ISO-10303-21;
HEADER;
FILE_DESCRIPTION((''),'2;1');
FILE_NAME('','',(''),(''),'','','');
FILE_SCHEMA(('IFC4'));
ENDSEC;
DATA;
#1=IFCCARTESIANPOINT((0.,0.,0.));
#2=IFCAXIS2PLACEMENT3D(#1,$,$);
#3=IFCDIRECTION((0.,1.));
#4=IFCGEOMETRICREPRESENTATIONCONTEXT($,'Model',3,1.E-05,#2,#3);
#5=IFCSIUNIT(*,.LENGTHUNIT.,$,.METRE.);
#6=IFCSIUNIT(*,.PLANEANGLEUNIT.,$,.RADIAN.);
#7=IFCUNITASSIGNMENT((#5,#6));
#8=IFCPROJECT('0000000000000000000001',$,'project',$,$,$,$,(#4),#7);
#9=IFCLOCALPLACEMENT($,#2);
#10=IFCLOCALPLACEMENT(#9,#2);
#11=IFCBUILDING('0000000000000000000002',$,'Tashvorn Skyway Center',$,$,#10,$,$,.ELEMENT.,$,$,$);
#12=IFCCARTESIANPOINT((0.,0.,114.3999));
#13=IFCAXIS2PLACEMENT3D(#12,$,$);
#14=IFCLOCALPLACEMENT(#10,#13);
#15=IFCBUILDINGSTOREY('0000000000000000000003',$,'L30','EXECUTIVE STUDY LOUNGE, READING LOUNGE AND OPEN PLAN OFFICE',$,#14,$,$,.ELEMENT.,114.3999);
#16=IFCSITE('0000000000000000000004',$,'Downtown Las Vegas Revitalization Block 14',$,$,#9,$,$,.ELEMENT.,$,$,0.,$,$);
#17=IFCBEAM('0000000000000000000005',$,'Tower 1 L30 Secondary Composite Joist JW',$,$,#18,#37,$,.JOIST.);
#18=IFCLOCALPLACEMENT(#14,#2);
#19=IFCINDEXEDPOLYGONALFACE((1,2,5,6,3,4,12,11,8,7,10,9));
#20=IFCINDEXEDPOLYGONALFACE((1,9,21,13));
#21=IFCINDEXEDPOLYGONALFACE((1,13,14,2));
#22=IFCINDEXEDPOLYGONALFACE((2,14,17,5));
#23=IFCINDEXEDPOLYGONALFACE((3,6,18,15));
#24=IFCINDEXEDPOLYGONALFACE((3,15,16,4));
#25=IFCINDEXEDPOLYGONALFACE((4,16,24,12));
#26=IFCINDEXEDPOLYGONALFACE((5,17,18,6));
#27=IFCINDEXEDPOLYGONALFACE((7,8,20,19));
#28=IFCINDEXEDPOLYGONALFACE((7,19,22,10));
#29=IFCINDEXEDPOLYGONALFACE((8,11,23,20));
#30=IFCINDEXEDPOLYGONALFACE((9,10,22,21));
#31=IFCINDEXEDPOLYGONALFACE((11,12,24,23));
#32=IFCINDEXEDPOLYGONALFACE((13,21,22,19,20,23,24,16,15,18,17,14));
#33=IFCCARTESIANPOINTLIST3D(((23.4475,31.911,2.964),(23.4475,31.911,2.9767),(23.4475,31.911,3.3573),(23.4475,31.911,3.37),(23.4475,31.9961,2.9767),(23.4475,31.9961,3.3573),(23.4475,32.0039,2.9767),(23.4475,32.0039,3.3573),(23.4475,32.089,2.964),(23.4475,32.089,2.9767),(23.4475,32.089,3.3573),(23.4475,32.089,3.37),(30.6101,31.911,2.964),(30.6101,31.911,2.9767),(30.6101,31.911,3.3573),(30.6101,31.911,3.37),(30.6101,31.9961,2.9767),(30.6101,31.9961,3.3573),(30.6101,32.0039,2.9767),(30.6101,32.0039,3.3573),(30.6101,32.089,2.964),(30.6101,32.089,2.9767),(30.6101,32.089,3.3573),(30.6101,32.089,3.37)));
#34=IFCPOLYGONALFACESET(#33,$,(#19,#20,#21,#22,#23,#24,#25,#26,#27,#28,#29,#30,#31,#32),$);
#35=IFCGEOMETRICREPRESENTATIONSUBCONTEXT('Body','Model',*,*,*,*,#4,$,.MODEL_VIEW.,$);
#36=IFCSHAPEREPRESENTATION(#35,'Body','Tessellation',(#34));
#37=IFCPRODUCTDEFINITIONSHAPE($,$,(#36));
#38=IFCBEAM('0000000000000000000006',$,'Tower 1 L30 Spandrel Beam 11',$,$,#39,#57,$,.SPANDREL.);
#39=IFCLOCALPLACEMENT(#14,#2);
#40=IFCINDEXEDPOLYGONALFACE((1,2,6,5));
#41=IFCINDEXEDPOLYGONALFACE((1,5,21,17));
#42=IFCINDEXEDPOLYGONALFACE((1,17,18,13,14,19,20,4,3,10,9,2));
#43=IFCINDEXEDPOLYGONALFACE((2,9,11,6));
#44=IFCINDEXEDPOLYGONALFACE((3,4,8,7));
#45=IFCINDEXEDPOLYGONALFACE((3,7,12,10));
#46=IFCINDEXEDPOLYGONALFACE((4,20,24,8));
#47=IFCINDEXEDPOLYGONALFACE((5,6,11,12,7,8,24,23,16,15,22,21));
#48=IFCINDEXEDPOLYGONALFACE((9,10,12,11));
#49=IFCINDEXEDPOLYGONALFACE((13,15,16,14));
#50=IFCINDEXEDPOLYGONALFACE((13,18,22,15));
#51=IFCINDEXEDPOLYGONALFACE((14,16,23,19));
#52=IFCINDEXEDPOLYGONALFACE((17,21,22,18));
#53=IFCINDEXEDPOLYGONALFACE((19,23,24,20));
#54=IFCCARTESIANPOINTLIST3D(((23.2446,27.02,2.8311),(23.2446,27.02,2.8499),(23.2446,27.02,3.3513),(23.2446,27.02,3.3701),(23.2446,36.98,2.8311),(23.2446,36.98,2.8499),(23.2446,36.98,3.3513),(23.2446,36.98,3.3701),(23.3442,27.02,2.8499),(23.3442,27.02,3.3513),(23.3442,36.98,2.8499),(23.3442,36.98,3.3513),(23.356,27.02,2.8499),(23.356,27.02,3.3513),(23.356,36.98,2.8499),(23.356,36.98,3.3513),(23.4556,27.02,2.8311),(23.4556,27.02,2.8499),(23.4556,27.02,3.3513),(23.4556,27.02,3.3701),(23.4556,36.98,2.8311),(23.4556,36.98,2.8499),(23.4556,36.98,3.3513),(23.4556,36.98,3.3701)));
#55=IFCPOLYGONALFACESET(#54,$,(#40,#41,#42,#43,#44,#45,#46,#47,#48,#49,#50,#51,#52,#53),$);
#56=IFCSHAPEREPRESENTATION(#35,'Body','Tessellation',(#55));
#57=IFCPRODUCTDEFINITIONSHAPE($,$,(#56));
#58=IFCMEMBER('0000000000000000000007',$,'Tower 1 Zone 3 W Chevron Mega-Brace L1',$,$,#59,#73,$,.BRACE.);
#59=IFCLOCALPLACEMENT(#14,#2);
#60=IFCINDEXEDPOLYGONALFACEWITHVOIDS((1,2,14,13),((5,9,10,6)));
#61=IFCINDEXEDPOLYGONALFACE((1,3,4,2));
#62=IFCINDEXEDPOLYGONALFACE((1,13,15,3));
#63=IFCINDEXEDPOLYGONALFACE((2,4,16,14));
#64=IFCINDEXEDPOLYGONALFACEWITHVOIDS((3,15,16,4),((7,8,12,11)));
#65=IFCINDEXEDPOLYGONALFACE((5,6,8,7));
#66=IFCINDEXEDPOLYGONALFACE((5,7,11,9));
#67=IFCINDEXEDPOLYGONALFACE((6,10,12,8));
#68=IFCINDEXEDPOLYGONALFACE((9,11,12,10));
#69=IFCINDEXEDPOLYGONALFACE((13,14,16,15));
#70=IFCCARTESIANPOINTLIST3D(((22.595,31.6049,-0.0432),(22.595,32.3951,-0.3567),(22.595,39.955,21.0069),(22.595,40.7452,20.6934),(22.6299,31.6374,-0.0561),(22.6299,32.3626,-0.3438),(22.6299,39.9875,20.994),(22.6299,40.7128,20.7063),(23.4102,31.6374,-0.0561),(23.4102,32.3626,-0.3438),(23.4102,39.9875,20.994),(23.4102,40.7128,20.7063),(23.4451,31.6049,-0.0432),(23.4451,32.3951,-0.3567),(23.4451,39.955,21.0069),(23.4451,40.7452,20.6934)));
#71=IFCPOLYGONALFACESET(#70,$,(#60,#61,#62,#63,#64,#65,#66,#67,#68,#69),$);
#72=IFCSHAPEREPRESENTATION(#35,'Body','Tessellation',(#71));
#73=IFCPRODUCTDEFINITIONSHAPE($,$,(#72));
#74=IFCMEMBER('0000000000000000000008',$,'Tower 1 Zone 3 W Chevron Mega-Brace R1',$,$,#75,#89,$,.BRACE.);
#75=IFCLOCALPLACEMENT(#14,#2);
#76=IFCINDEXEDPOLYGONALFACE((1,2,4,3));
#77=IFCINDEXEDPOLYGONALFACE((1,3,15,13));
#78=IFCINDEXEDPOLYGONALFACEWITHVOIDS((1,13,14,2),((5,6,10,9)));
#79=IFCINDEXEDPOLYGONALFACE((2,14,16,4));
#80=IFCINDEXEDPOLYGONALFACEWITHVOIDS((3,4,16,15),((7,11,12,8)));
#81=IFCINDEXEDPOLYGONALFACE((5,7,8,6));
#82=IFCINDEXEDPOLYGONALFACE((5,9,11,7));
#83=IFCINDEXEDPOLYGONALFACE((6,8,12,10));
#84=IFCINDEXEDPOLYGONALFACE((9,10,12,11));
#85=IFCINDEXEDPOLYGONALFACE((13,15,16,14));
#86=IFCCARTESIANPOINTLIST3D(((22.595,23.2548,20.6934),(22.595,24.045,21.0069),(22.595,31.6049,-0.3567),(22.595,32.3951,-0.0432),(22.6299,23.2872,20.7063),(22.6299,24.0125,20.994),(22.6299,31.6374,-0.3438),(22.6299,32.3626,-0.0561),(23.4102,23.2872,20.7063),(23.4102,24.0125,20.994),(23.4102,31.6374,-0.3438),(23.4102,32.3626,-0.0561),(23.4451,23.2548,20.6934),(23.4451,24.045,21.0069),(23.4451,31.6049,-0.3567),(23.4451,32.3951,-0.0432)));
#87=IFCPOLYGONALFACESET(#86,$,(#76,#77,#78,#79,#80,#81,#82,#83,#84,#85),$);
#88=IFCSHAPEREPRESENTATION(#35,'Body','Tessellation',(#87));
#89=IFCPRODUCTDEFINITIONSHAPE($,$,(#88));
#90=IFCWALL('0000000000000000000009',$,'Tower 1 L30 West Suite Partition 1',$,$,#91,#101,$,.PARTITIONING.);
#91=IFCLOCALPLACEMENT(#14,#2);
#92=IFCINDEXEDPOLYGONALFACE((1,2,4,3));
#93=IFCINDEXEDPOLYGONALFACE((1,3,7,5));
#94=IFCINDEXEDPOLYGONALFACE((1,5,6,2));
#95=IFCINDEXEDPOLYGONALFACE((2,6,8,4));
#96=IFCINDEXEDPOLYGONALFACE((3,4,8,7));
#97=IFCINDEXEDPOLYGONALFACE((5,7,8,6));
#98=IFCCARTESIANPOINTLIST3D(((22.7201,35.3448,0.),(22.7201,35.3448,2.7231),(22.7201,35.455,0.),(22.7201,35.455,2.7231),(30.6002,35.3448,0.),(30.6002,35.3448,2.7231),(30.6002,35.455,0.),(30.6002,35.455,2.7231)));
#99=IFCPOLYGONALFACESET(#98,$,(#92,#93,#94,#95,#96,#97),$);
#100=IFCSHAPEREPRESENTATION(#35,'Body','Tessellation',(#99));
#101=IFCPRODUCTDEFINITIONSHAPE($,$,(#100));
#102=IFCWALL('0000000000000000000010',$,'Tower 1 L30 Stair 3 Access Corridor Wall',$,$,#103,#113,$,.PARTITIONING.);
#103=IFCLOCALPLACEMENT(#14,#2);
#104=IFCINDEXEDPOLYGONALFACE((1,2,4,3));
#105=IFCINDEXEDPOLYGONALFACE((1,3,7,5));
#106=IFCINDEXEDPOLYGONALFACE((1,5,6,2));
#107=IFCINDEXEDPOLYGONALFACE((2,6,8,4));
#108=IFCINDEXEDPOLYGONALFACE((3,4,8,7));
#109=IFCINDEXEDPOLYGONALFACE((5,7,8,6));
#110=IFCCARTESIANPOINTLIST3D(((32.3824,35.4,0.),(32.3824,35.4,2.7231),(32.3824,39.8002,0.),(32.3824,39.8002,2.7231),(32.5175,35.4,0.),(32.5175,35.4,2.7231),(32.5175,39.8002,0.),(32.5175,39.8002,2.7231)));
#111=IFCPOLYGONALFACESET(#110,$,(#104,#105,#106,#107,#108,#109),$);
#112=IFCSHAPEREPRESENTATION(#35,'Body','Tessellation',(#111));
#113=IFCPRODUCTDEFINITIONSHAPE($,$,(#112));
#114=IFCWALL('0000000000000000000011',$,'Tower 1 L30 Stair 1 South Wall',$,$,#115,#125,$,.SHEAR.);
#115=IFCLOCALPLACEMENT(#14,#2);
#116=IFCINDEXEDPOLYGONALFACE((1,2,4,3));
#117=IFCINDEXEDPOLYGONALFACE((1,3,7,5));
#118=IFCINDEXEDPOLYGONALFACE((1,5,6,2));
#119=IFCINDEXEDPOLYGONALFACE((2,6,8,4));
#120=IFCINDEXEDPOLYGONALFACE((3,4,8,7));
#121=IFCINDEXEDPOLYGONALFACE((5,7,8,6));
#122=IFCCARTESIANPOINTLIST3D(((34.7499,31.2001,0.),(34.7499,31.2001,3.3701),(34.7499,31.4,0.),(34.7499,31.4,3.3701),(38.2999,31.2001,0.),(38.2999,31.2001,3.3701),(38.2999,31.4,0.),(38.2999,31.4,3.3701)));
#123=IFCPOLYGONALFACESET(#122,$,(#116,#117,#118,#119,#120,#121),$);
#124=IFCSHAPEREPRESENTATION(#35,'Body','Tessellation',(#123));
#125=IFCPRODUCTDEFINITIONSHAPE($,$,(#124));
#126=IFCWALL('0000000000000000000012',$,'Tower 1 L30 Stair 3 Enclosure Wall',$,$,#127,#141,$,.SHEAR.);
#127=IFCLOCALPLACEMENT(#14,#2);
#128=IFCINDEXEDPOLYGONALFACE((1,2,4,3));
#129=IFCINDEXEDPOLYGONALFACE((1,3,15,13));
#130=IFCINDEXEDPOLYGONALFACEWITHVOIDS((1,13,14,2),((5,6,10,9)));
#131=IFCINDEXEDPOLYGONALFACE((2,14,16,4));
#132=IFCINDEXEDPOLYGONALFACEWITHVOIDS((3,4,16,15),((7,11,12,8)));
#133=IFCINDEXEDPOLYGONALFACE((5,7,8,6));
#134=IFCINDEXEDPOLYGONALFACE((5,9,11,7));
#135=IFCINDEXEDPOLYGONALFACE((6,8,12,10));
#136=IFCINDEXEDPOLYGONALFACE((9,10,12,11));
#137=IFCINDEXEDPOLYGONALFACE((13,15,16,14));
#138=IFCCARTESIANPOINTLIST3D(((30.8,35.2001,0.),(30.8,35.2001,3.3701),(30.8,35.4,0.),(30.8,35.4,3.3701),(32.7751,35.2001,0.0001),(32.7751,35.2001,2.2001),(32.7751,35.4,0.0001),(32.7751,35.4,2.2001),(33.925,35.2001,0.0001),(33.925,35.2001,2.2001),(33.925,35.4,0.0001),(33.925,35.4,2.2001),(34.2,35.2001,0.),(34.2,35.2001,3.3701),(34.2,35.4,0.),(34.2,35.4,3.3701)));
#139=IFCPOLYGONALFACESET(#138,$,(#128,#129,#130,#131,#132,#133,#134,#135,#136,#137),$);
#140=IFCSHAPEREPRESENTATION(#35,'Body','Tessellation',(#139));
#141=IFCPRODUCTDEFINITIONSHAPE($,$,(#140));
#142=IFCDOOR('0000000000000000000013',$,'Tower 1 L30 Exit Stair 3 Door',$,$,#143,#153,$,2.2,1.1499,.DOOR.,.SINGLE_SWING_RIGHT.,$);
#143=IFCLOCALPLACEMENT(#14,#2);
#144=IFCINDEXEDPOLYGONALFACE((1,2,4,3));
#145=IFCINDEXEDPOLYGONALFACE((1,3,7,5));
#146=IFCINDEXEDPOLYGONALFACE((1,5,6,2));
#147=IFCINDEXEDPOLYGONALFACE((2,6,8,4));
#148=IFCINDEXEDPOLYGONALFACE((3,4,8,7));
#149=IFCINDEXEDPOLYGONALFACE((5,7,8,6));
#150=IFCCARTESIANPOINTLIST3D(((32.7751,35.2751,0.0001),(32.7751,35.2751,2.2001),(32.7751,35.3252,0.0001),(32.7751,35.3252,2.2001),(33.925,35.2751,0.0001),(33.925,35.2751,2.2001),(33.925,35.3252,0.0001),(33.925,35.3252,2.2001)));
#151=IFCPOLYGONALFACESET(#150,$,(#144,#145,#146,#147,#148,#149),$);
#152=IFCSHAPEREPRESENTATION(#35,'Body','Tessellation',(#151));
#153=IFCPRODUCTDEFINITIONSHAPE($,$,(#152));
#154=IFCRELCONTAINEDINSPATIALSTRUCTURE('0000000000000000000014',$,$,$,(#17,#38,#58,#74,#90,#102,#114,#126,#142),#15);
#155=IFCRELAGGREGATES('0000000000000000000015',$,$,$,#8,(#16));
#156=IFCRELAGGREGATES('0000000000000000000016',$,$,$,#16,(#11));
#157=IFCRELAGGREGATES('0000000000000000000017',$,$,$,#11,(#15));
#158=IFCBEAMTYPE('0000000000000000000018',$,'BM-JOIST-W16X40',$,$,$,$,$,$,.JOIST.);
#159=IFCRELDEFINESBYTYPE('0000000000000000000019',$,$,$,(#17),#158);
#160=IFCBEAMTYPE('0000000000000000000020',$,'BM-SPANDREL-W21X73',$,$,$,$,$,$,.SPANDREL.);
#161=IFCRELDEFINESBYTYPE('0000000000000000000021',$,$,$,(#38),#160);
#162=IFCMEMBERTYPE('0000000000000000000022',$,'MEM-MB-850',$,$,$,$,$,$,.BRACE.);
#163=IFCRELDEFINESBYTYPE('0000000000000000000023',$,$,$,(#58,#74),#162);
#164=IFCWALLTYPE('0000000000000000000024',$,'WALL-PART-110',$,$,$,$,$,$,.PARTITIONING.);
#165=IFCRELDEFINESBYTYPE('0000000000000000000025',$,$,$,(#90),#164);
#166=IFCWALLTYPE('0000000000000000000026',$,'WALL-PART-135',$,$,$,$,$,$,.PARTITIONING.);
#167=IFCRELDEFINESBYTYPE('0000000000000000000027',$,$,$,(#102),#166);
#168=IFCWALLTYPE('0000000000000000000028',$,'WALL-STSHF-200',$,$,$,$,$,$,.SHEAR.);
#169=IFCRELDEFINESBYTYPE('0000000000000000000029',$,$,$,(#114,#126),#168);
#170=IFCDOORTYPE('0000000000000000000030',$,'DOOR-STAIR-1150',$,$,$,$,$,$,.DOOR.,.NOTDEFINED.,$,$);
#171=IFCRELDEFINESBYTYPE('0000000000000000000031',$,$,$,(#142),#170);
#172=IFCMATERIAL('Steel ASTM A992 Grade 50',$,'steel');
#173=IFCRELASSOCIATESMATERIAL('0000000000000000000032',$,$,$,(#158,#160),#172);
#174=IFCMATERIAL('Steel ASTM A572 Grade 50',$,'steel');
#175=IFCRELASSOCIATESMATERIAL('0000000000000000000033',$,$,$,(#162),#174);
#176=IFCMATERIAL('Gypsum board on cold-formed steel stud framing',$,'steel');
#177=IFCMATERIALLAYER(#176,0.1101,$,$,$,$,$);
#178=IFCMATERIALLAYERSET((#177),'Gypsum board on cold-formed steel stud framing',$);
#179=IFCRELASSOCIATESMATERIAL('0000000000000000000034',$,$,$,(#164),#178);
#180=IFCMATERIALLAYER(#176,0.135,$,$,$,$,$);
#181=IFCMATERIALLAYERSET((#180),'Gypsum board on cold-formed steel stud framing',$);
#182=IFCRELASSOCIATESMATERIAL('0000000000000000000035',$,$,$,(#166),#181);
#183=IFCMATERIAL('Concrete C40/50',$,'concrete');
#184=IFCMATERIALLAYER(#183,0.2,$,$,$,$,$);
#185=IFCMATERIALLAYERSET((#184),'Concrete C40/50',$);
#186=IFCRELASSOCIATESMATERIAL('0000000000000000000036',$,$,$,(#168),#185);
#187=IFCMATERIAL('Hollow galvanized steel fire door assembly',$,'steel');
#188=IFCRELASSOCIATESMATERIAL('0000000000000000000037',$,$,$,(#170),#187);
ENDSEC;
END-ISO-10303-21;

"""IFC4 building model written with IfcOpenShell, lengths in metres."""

from ifc_helpers import new_model, si_unit, direction, frame, frame_2d, origin, origin_2d, place, context, subcontext, project, spatial, rectangle, hollow_rectangle, i_section, extrude, material, layer, layer_set, material_profile, profile_set, type_object, element, fill, save


model = new_model("IFC4")

# Units and contexts
model_context = context("Model", 3, precision=1e-05, world=origin(), true_north=direction((0.0, 1.0)))
body_context = subcontext(model_context, "Body", "Model", "MODEL_VIEW")
ifc_project = project(units=[si_unit("LENGTHUNIT", "METRE"), si_unit("PLANEANGLEUNIT", "RADIAN")], contexts=[model_context])

# Site, building, storey
site_placement = place(None, origin())
site = spatial("IfcSite", under=ifc_project, at=site_placement, Name="Downtown Las Vegas Revitalization Block 14", CompositionType="ELEMENT", RefElevation=0.0)
building_placement = place(site_placement, origin())
building = spatial("IfcBuilding", under=site, at=building_placement, Name="Tashvorn Skyway Center", CompositionType="ELEMENT")
storey_placement = place(building_placement, frame((0.0, 0.0, 114.3999)))
storey = spatial("IfcBuildingStorey", under=building, at=storey_placement, Name="L30", Description="EXECUTIVE STUDY LOUNGE, READING LOUNGE AND OPEN PLAN OFFICE", CompositionType="ELEMENT", Elevation=114.3999)

# Beams
ifc_material_1 = material(Name="Steel ASTM A992 Grade 50", Category="steel")
ifc_material_profile_1 = material_profile(ifc_material_1, i_section(OverallWidth=0.178, OverallDepth=0.406, WebThickness=0.0078, FlangeThickness=0.0127, at=origin_2d()), Name="W16X40")
ifc_profile_set_1 = profile_set([ifc_material_profile_1], Name="Steel ASTM A992 Grade 50")
beam_type_1 = type_object("IfcBeamType", Name="BM-JOIST-W16X40", PredefinedType="JOIST", material=ifc_profile_set_1)
beam_1_placement = place(storey_placement, frame((30.6101, 32.0, 3.167), z_axis=(-1.0, 0.0, 0.0), x_axis=(0.0, -1.0, 0.0)))
element("IfcBeam", 1, at=beam_1_placement, inside=storey, type_object=beam_type_1, Name="Tower 1 L30 Secondary Composite Joist JW", PredefinedType="JOIST", context=body_context, shape_type="SweptSolid", body=[
    extrude(i_section(OverallWidth=0.178, OverallDepth=0.406, WebThickness=0.0078, FlangeThickness=0.0127, at=origin_2d()), origin(), (0.0, 0.0, 1.0), 7.1626),
])
ifc_material_profile_2 = material_profile(ifc_material_1, i_section(OverallWidth=0.2109, OverallDepth=0.5391, WebThickness=0.0117, FlangeThickness=0.0188, at=origin_2d()), Name="W21X73")
ifc_profile_set_2 = profile_set([ifc_material_profile_2], Name="Steel ASTM A992 Grade 50")
beam_type_2 = type_object("IfcBeamType", Name="BM-SPANDREL-W21X73", PredefinedType="SPANDREL", material=ifc_profile_set_2)
beam_2_placement = place(storey_placement, frame((23.3501, 36.98, 3.1006), z_axis=(0.0, -1.0, 0.0), x_axis=(1.0, 0.0, 0.0)))
element("IfcBeam", 2, at=beam_2_placement, inside=storey, type_object=beam_type_2, Name="Tower 1 L30 Spandrel Beam 11", PredefinedType="SPANDREL", context=body_context, shape_type="SweptSolid", body=[
    extrude(i_section(OverallWidth=0.2109, OverallDepth=0.5391, WebThickness=0.0117, FlangeThickness=0.0188, at=origin_2d()), origin(), (0.0, 0.0, 1.0), 9.96),
])

# Members
ifc_material_2 = material(Name="Steel ASTM A572 Grade 50", Category="steel")
ifc_material_profile_3 = material_profile(ifc_material_2, hollow_rectangle(XDim=0.8501, YDim=0.8501, WallThickness=0.0349, at=origin_2d()), Name="BOX850x850x35")
ifc_profile_set_3 = profile_set([ifc_material_profile_3], Name="Steel ASTM A572 Grade 50")
member_type = type_object("IfcMemberType", Name="MEM-MB-850", PredefinedType="BRACE", material=ifc_profile_set_3)
for number, where, z_axis, x_axis, name in (
    (3, (23.02, 32.0, -0.2), (0.0, 0.368727, 0.929538), (-1.0, 0.0, 0.0), "Tower 1 Zone 3 W Chevron Mega-Brace L1"),
    (4, (23.02, 32.0, -0.2), (0.0, -0.368727, 0.929538), (1.0, 0.0, 0.0), "Tower 1 Zone 3 W Chevron Mega-Brace R1"),
):
    element("IfcMember", number, at=place(storey_placement, frame(where, z_axis=z_axis, x_axis=x_axis)), inside=storey, type_object=member_type, Name=name, PredefinedType="BRACE", context=body_context, shape_type="SweptSolid", body=[
        extrude(hollow_rectangle(XDim=0.8501, YDim=0.8501, WallThickness=0.0349, at=origin_2d()), origin(), (0.0, 0.0, 1.0), 22.6458),
    ])

# Walls
ifc_material_3 = material(Name="Gypsum board on cold-formed steel stud framing", Category="steel")
ifc_layer_1 = layer(ifc_material_3, 0.1101)
ifc_layer_set_1 = layer_set([ifc_layer_1], Name="Gypsum board on cold-formed steel stud framing")
wall_type_1 = type_object("IfcWallType", Name="WALL-PART-110", PredefinedType="PARTITIONING", material=ifc_layer_set_1)
wall_1_placement = place(storey_placement, frame((30.6001, 35.3999, 0.0), z_axis=(0.0, 0.0, 1.0), x_axis=(-1.0, 0.0, 0.0)))
element("IfcWall", 5, at=wall_1_placement, inside=storey, type_object=wall_type_1, Name="Tower 1 L30 West Suite Partition 1", PredefinedType="PARTITIONING", context=body_context, shape_type="SweptSolid", body=[
    extrude(rectangle(XDim=7.8801, YDim=0.1101, at=frame_2d((3.9399, 0.0))), origin(), (0.0, 0.0, 1.0), 2.7231),
])
ifc_layer_2 = layer(ifc_material_3, 0.135)
ifc_layer_set_2 = layer_set([ifc_layer_2], Name="Gypsum board on cold-formed steel stud framing")
wall_type_2 = type_object("IfcWallType", Name="WALL-PART-135", PredefinedType="PARTITIONING", material=ifc_layer_set_2)
wall_2_placement = place(storey_placement, frame((32.45, 35.3999, 0.0), z_axis=(0.0, 0.0, 1.0), x_axis=(0.0, 1.0, 0.0)))
element("IfcWall", 6, at=wall_2_placement, inside=storey, type_object=wall_type_2, Name="Tower 1 L30 Stair 3 Access Corridor Wall", PredefinedType="PARTITIONING", context=body_context, shape_type="SweptSolid", body=[
    extrude(rectangle(XDim=4.4001, YDim=0.135, at=frame_2d((2.2002, 0.0))), origin(), (0.0, 0.0, 1.0), 2.7231),
])
ifc_material_4 = material(Name="Concrete C40/50", Category="concrete")
ifc_layer_3 = layer(ifc_material_4, 0.2)
ifc_layer_set_3 = layer_set([ifc_layer_3], Name="Concrete C40/50")
wall_type_3 = type_object("IfcWallType", Name="WALL-STSHF-200", PredefinedType="SHEAR", material=ifc_layer_set_3)
wall_3_placement = place(storey_placement, frame((34.75, 31.3, 0.0), z_axis=(0.0, 0.0, 1.0), x_axis=(1.0, 0.0, 0.0)))
element("IfcWall", 7, at=wall_3_placement, inside=storey, type_object=wall_type_3, Name="Tower 1 L30 Stair 1 South Wall", PredefinedType="SHEAR", context=body_context, shape_type="SweptSolid", body=[
    extrude(rectangle(XDim=3.55, YDim=0.2, at=frame_2d((1.7749, 0.0))), origin(), (0.0, 0.0, 1.0), 3.3701),
])

# Wall, opening, door
wall_4_placement = place(storey_placement, frame((34.2, 35.3, 0.0), z_axis=(0.0, 0.0, 1.0), x_axis=(-1.0, 0.0, 0.0)))
wall_4 = element("IfcWall", 8, at=wall_4_placement, inside=storey, type_object=wall_type_3, Name="Tower 1 L30 Stair 3 Enclosure Wall", PredefinedType="SHEAR", context=body_context, shape_type="SweptSolid", body=[
    extrude(rectangle(XDim=3.3999, YDim=0.2, at=frame_2d((1.7, 0.0))), origin(), (0.0, 0.0, 1.0), 3.3701),
])
opening_placement = place(wall_4_placement, frame((0.2749, 0.0, 0.0)))
opening = element("IfcOpeningElement", 9, at=opening_placement, cuts=wall_4, PredefinedType="OPENING", context=body_context, shape_type="SweptSolid", body=[
    extrude(rectangle(XDim=1.1499, YDim=2.2, at=frame_2d((0.575, 1.1001))), frame((0.0, 0.1099, 0.0), z_axis=(0.0, -1.0, 0.0), x_axis=(1.0, 0.0, 0.0)), (0.0, 0.0, 1.0), 0.22),
])
ifc_material_5 = material(Name="Hollow galvanized steel fire door assembly", Category="steel")
door_type = type_object("IfcDoorType", Name="DOOR-STAIR-1150", OperationType="NOTDEFINED", PredefinedType="DOOR", material=ifc_material_5)
door_placement = place(opening_placement, origin())
door = element("IfcDoor", 10, at=door_placement, inside=storey, type_object=door_type, Name="Tower 1 L30 Exit Stair 3 Door", OperationType="SINGLE_SWING_RIGHT", OverallHeight=2.2, OverallWidth=1.1499, PredefinedType="DOOR", context=body_context, shape_type="SweptSolid", body=[
    extrude(rectangle(XDim=1.1499, YDim=2.2, at=frame_2d((0.575, 1.1001))), frame((0.0, 0.0249, 0.0), z_axis=(0.0, -1.0, 0.0), x_axis=(1.0, 0.0, 0.0)), (0.0, 0.0, 1.0), 0.05),
])
fill(opening, door)

save(model, "model.ifc")
